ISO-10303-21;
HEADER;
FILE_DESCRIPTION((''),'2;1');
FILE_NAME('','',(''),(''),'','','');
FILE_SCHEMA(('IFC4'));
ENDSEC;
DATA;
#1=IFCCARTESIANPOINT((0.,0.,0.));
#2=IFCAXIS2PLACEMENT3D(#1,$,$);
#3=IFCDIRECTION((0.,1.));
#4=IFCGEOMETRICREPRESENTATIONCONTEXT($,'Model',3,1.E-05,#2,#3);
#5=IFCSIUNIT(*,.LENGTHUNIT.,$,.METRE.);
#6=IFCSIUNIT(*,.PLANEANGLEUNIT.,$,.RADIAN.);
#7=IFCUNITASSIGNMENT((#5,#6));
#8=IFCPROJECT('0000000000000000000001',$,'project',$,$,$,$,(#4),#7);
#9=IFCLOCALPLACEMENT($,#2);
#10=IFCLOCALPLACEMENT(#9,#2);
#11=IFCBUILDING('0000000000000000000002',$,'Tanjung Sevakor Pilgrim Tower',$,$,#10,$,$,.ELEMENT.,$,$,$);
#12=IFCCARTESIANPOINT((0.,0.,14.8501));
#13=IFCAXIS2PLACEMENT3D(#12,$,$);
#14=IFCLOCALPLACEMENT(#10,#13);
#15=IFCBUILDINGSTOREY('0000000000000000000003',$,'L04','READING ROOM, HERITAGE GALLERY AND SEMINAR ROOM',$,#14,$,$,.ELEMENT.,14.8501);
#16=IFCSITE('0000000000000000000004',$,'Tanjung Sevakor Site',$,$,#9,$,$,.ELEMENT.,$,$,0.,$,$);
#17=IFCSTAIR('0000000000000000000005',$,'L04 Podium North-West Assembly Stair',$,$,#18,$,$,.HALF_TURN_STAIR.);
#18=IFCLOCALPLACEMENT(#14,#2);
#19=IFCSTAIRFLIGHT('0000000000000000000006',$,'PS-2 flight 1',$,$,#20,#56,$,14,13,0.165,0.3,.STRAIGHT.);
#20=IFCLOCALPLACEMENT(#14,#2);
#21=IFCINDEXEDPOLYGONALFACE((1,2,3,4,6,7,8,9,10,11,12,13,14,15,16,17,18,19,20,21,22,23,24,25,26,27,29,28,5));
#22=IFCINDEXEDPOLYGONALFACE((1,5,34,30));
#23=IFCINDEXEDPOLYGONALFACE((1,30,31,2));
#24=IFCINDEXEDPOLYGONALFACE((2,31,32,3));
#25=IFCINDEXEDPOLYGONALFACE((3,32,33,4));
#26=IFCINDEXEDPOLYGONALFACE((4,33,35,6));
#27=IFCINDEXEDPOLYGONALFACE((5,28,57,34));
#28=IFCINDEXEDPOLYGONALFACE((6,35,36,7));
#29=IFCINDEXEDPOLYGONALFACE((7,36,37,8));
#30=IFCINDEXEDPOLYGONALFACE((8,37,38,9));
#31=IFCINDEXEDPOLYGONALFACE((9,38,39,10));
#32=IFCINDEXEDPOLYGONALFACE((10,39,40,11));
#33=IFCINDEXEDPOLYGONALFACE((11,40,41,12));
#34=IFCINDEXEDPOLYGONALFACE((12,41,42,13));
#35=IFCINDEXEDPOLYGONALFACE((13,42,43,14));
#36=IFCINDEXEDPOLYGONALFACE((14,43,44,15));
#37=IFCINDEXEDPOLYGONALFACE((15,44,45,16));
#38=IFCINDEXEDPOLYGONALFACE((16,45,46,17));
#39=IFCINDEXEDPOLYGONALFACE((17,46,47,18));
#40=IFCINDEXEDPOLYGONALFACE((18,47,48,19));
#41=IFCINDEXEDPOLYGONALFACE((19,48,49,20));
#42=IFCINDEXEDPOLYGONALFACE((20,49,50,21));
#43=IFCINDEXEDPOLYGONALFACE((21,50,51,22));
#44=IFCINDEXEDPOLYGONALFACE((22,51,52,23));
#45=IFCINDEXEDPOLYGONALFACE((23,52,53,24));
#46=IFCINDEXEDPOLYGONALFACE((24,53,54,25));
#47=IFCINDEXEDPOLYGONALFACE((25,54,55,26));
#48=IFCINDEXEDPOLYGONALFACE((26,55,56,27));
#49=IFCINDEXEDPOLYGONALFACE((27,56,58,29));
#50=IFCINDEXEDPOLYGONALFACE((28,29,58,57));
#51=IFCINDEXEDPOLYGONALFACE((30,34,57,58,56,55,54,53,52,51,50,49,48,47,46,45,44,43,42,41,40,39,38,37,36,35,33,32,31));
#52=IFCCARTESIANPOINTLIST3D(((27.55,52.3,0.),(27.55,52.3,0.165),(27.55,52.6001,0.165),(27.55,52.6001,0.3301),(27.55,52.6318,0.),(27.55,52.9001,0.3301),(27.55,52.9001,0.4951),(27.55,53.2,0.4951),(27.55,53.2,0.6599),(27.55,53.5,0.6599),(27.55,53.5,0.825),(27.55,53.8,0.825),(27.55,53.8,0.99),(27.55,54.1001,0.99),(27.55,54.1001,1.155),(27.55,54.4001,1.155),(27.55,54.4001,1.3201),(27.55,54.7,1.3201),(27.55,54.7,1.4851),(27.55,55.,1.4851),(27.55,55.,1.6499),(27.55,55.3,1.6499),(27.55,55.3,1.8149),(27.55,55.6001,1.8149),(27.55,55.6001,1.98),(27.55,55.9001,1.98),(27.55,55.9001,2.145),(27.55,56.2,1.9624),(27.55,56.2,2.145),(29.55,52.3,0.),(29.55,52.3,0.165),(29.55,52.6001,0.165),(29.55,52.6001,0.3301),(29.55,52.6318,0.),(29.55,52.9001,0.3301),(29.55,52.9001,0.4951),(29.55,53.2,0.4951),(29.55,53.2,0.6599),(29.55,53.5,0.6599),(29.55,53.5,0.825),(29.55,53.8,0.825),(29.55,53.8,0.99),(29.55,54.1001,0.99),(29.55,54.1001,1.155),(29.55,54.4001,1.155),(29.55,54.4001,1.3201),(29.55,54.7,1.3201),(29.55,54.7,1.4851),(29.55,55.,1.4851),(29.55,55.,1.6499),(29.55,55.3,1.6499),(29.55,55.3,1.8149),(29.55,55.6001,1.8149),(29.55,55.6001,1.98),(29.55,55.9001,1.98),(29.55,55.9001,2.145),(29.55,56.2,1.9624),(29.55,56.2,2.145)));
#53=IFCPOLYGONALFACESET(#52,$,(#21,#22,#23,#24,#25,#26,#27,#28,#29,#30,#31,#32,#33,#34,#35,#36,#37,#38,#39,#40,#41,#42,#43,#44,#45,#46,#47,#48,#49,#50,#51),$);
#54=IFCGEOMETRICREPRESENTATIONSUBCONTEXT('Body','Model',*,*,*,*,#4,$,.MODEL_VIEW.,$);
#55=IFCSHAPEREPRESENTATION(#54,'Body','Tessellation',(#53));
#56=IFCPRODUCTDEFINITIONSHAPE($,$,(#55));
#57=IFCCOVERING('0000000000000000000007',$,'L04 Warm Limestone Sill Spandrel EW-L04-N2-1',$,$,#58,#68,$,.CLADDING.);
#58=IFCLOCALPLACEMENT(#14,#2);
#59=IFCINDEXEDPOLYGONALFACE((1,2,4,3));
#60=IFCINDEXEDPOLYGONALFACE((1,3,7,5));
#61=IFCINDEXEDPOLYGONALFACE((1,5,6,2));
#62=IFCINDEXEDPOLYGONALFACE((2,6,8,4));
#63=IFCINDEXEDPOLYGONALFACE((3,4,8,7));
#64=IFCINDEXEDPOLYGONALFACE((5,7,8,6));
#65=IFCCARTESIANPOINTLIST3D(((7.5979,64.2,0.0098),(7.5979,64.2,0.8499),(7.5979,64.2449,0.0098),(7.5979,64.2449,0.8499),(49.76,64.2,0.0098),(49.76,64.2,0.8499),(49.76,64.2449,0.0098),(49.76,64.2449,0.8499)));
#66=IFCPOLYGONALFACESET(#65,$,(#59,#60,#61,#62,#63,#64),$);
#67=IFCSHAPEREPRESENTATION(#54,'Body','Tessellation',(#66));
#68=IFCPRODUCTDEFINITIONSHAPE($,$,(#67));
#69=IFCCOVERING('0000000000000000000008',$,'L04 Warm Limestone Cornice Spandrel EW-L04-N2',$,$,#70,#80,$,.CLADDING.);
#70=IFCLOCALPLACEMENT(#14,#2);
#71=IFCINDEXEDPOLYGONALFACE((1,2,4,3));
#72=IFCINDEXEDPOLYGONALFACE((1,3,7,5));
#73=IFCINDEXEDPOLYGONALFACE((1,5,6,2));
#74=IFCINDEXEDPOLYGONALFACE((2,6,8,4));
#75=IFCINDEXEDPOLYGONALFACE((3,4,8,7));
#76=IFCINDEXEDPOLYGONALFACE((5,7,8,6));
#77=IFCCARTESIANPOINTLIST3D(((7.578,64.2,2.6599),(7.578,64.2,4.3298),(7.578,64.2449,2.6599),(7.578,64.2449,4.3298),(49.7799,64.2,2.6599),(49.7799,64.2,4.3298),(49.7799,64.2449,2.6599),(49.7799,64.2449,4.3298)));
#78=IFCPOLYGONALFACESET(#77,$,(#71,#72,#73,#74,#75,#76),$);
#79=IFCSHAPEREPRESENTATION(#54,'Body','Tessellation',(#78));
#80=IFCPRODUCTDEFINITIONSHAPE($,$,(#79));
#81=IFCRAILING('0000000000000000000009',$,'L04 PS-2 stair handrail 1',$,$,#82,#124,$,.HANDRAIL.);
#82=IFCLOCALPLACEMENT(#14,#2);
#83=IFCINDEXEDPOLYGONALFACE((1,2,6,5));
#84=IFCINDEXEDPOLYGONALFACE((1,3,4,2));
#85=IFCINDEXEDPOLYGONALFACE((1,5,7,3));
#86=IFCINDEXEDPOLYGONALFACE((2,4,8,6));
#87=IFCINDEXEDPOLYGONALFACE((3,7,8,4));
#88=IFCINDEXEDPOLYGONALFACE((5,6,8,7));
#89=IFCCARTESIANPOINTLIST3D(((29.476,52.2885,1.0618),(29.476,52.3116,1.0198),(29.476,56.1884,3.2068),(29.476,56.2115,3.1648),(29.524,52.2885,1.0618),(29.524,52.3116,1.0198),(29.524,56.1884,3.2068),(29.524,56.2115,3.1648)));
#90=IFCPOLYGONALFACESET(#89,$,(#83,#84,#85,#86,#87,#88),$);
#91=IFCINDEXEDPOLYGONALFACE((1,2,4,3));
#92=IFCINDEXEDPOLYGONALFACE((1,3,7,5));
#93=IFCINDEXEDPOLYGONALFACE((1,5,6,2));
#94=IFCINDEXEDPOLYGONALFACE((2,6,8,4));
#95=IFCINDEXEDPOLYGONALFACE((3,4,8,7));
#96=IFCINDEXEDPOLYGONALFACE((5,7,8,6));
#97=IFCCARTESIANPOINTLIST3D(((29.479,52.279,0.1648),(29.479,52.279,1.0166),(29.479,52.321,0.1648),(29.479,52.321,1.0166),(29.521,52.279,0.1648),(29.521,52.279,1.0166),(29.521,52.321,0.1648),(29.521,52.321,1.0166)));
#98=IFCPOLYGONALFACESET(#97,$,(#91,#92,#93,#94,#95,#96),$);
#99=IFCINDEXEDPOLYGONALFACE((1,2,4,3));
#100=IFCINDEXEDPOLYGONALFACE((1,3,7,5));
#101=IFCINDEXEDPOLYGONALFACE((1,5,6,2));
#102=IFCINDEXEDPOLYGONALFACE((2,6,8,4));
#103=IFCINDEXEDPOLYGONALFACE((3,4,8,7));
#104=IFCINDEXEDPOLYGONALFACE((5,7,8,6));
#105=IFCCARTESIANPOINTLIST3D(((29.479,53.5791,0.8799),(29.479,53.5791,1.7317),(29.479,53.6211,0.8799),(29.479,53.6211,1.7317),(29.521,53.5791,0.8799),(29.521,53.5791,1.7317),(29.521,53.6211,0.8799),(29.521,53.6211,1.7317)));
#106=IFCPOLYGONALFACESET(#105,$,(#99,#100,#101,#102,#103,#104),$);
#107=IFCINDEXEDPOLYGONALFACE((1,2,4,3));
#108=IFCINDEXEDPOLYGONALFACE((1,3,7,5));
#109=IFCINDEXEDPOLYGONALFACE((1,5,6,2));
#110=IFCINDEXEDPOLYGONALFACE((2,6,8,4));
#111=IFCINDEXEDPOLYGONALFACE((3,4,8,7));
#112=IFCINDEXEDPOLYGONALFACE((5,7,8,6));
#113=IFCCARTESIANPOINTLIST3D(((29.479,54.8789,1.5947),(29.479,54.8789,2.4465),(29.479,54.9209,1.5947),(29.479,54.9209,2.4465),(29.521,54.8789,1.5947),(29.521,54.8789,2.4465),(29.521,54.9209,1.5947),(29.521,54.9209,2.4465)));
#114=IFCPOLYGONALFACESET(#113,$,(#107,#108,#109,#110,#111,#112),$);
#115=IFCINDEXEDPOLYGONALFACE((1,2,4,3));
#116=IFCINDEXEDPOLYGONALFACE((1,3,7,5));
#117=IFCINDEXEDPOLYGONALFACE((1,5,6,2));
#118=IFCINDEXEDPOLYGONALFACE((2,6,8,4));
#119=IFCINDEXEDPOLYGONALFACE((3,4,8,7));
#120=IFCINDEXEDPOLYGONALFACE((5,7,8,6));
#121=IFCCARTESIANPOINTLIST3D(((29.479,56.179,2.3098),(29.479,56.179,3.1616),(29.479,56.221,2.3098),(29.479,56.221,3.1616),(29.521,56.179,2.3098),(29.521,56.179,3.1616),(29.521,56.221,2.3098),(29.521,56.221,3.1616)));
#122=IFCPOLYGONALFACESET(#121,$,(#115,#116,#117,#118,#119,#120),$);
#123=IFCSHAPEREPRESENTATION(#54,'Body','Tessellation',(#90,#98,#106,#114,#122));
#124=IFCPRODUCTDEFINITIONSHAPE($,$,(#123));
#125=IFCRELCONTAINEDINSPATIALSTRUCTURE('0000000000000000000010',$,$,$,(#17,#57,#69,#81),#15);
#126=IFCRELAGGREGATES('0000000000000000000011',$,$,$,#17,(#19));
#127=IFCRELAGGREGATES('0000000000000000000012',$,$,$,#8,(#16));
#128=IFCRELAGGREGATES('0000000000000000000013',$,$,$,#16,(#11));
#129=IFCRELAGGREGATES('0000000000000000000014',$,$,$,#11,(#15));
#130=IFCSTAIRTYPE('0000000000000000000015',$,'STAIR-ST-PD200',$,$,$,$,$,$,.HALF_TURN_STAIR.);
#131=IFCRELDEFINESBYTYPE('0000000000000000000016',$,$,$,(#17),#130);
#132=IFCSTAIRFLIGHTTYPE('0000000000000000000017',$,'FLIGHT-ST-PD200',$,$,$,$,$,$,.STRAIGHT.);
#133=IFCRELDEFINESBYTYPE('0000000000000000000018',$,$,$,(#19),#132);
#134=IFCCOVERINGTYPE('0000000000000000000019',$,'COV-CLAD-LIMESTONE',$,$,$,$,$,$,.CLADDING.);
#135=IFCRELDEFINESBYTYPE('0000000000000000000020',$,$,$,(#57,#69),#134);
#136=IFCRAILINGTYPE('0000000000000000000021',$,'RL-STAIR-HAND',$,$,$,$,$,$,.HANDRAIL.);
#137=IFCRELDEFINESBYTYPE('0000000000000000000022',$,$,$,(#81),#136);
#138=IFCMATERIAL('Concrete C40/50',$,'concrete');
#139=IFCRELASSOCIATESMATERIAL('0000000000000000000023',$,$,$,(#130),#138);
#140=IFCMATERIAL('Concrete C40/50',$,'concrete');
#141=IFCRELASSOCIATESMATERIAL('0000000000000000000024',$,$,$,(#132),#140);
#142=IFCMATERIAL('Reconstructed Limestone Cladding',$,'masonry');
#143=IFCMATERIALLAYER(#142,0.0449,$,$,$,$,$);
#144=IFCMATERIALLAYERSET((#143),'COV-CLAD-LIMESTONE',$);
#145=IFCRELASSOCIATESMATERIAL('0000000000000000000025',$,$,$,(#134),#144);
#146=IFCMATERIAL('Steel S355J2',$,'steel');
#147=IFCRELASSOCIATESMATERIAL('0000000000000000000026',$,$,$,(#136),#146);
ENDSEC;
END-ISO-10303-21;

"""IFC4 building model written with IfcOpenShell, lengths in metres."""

from ifc_helpers import new_model, si_unit, direction, frame, origin, origin_2d, place, context, subcontext, project, spatial, polyline, rectangle, outline, extrude, material, layer, layer_set, type_object, element, aggregate, save


model = new_model("IFC4")

# Units and contexts
model_context = context("Model", 3, precision=1e-05, world=origin(), true_north=direction((0.0, 1.0)))
body_context = subcontext(model_context, "Body", "Model", "MODEL_VIEW")
ifc_project = project(units=[si_unit("LENGTHUNIT", "METRE"), si_unit("PLANEANGLEUNIT", "RADIAN")], contexts=[model_context])

# Site, building, storey
site_placement = place(None, origin())
site = spatial("IfcSite", under=ifc_project, at=site_placement, Name="Tanjung Sevakor Site", CompositionType="ELEMENT", RefElevation=0.0)
building_placement = place(site_placement, origin())
building = spatial("IfcBuilding", under=site, at=building_placement, Name="Tanjung Sevakor Pilgrim Tower", CompositionType="ELEMENT")
storey_placement = place(building_placement, frame((0.0, 0.0, 14.8501)))
storey = spatial("IfcBuildingStorey", under=building, at=storey_placement, Name="L04", Description="READING ROOM, HERITAGE GALLERY AND SEMINAR ROOM", CompositionType="ELEMENT", Elevation=14.8501)

# Stair, stair flight
ifc_material_1 = material(Name="Concrete C40/50", Category="concrete")
stair_type = type_object("IfcStairType", Name="STAIR-ST-PD200", PredefinedType="HALF_TURN_STAIR", material=ifc_material_1)
stair_placement = place(storey_placement, origin())
stair = element("IfcStair", 1, at=stair_placement, inside=storey, type_object=stair_type, Name="L04 Podium North-West Assembly Stair", PredefinedType="HALF_TURN_STAIR")
ifc_material_2 = material(Name="Concrete C40/50", Category="concrete")
stair_flight_type = type_object("IfcStairFlightType", Name="FLIGHT-ST-PD200", PredefinedType="STRAIGHT", material=ifc_material_2)
stair_flight_placement = place(storey_placement, frame((28.55, 52.3, 0.0), z_axis=(0.0, 0.0, 1.0), x_axis=(0.0, 1.0, 0.0)))
stair_flight = element("IfcStairFlight", 2, at=stair_flight_placement, type_object=stair_flight_type, Name="PS-2 flight 1", NumberOfRisers=14, NumberOfTreads=13, PredefinedType="STRAIGHT", RiserHeight=0.165, TreadLength=0.3, context=body_context, shape_type="SweptSolid", body=[
    extrude(outline(polyline([(0.0, 0.0), (0.0, 0.165), (0.3, 0.165), (0.3, 0.3301), (0.6001, 0.3301), (0.6001, 0.4951), (0.8999, 0.4951), (0.8999, 0.6599), (1.2, 0.6599), (1.2, 0.825), (1.5, 0.825), (1.5, 0.99), (1.8, 0.99), (1.8, 1.155), (2.1001, 1.155), (2.1001, 1.3201), (2.3999, 1.3201), (2.3999, 1.4851), (2.7, 1.4851), (2.7, 1.6499), (3.0, 1.6499), (3.0, 1.8149), (3.3, 1.8149), (3.3, 1.98), (3.6001, 1.98), (3.6001, 2.145), (3.8999, 2.145), (3.8999, 2.3101), (3.8999, 1.9624), (0.3318, 0.0), (0.0, 0.0)])), frame((0.0, 1.0, 0.0), z_axis=(0.0, -1.0, 0.0), x_axis=(1.0, 0.0, 0.0)), (0.0, 0.0, 1.0), 2.0),
])
aggregate(stair, [stair_flight])

# Coverings
ifc_material_3 = material(Name="Reconstructed Limestone Cladding", Category="masonry")
ifc_layer_1 = layer(ifc_material_3, 0.0449)
ifc_layer_set_1 = layer_set([ifc_layer_1], Name="COV-CLAD-LIMESTONE")
covering_type = type_object("IfcCoveringType", Name="COV-CLAD-LIMESTONE", PredefinedType="CLADDING", material=ifc_layer_set_1)
covering_1_placement = place(storey_placement, frame((28.679, 64.2224, 0.0098), z_axis=(0.0, 0.0, 1.0), x_axis=(-1.0, 0.0, 0.0)))
element("IfcCovering", 3, at=covering_1_placement, inside=storey, type_object=covering_type, Name="L04 Warm Limestone Sill Spandrel EW-L04-N2-1", PredefinedType="CLADDING", context=body_context, shape_type="SweptSolid", body=[
    extrude(rectangle(XDim=42.1621, YDim=0.0449, at=origin_2d()), origin(), (0.0, 0.0, 1.0), 0.8401),
])
covering_2_placement = place(storey_placement, frame((28.679, 64.2224, 2.6599), z_axis=(0.0, 0.0, 1.0), x_axis=(-1.0, 0.0, 0.0)))
element("IfcCovering", 4, at=covering_2_placement, inside=storey, type_object=covering_type, Name="L04 Warm Limestone Cornice Spandrel EW-L04-N2", PredefinedType="CLADDING", context=body_context, shape_type="SweptSolid", body=[
    extrude(rectangle(XDim=42.2019, YDim=0.0449, at=origin_2d()), origin(), (0.0, 0.0, 1.0), 1.6699),
])

# Railing
ifc_material_4 = material(Name="Steel S355J2", Category="steel")
railing_type = type_object("IfcRailingType", Name="RL-STAIR-HAND", PredefinedType="HANDRAIL", material=ifc_material_4)
railing_placement = place(storey_placement, frame((29.5, 52.3, 0.1648)))
element("IfcRailing", 5, at=railing_placement, inside=storey, type_object=railing_type, Name="L04 PS-2 stair handrail 1", PredefinedType="HANDRAIL", context=body_context, shape_type="SweptSolid", body=[
    extrude(rectangle(XDim=0.0479, YDim=0.0479), frame((0.0, 0.0, 0.876), z_axis=(0.0, 0.876209, 0.481931), x_axis=(-1.0, 0.0, 0.0)), (0.0, 0.0, 1.0), 4.4509),
    extrude(rectangle(XDim=0.042, YDim=0.042), origin(), (0.0, 0.0, 1.0), 0.8518),
    extrude(rectangle(XDim=0.042, YDim=0.042), frame((0.0, 1.3, 0.7151)), (0.0, 0.0, 1.0), 0.8518),
    extrude(rectangle(XDim=0.042, YDim=0.042), frame((0.0, 2.5999, 1.4299)), (0.0, 0.0, 1.0), 0.8518),
    extrude(rectangle(XDim=0.042, YDim=0.042), frame((0.0, 3.8999, 2.145)), (0.0, 0.0, 1.0), 0.8518),
])

save(model, "model.ifc")
